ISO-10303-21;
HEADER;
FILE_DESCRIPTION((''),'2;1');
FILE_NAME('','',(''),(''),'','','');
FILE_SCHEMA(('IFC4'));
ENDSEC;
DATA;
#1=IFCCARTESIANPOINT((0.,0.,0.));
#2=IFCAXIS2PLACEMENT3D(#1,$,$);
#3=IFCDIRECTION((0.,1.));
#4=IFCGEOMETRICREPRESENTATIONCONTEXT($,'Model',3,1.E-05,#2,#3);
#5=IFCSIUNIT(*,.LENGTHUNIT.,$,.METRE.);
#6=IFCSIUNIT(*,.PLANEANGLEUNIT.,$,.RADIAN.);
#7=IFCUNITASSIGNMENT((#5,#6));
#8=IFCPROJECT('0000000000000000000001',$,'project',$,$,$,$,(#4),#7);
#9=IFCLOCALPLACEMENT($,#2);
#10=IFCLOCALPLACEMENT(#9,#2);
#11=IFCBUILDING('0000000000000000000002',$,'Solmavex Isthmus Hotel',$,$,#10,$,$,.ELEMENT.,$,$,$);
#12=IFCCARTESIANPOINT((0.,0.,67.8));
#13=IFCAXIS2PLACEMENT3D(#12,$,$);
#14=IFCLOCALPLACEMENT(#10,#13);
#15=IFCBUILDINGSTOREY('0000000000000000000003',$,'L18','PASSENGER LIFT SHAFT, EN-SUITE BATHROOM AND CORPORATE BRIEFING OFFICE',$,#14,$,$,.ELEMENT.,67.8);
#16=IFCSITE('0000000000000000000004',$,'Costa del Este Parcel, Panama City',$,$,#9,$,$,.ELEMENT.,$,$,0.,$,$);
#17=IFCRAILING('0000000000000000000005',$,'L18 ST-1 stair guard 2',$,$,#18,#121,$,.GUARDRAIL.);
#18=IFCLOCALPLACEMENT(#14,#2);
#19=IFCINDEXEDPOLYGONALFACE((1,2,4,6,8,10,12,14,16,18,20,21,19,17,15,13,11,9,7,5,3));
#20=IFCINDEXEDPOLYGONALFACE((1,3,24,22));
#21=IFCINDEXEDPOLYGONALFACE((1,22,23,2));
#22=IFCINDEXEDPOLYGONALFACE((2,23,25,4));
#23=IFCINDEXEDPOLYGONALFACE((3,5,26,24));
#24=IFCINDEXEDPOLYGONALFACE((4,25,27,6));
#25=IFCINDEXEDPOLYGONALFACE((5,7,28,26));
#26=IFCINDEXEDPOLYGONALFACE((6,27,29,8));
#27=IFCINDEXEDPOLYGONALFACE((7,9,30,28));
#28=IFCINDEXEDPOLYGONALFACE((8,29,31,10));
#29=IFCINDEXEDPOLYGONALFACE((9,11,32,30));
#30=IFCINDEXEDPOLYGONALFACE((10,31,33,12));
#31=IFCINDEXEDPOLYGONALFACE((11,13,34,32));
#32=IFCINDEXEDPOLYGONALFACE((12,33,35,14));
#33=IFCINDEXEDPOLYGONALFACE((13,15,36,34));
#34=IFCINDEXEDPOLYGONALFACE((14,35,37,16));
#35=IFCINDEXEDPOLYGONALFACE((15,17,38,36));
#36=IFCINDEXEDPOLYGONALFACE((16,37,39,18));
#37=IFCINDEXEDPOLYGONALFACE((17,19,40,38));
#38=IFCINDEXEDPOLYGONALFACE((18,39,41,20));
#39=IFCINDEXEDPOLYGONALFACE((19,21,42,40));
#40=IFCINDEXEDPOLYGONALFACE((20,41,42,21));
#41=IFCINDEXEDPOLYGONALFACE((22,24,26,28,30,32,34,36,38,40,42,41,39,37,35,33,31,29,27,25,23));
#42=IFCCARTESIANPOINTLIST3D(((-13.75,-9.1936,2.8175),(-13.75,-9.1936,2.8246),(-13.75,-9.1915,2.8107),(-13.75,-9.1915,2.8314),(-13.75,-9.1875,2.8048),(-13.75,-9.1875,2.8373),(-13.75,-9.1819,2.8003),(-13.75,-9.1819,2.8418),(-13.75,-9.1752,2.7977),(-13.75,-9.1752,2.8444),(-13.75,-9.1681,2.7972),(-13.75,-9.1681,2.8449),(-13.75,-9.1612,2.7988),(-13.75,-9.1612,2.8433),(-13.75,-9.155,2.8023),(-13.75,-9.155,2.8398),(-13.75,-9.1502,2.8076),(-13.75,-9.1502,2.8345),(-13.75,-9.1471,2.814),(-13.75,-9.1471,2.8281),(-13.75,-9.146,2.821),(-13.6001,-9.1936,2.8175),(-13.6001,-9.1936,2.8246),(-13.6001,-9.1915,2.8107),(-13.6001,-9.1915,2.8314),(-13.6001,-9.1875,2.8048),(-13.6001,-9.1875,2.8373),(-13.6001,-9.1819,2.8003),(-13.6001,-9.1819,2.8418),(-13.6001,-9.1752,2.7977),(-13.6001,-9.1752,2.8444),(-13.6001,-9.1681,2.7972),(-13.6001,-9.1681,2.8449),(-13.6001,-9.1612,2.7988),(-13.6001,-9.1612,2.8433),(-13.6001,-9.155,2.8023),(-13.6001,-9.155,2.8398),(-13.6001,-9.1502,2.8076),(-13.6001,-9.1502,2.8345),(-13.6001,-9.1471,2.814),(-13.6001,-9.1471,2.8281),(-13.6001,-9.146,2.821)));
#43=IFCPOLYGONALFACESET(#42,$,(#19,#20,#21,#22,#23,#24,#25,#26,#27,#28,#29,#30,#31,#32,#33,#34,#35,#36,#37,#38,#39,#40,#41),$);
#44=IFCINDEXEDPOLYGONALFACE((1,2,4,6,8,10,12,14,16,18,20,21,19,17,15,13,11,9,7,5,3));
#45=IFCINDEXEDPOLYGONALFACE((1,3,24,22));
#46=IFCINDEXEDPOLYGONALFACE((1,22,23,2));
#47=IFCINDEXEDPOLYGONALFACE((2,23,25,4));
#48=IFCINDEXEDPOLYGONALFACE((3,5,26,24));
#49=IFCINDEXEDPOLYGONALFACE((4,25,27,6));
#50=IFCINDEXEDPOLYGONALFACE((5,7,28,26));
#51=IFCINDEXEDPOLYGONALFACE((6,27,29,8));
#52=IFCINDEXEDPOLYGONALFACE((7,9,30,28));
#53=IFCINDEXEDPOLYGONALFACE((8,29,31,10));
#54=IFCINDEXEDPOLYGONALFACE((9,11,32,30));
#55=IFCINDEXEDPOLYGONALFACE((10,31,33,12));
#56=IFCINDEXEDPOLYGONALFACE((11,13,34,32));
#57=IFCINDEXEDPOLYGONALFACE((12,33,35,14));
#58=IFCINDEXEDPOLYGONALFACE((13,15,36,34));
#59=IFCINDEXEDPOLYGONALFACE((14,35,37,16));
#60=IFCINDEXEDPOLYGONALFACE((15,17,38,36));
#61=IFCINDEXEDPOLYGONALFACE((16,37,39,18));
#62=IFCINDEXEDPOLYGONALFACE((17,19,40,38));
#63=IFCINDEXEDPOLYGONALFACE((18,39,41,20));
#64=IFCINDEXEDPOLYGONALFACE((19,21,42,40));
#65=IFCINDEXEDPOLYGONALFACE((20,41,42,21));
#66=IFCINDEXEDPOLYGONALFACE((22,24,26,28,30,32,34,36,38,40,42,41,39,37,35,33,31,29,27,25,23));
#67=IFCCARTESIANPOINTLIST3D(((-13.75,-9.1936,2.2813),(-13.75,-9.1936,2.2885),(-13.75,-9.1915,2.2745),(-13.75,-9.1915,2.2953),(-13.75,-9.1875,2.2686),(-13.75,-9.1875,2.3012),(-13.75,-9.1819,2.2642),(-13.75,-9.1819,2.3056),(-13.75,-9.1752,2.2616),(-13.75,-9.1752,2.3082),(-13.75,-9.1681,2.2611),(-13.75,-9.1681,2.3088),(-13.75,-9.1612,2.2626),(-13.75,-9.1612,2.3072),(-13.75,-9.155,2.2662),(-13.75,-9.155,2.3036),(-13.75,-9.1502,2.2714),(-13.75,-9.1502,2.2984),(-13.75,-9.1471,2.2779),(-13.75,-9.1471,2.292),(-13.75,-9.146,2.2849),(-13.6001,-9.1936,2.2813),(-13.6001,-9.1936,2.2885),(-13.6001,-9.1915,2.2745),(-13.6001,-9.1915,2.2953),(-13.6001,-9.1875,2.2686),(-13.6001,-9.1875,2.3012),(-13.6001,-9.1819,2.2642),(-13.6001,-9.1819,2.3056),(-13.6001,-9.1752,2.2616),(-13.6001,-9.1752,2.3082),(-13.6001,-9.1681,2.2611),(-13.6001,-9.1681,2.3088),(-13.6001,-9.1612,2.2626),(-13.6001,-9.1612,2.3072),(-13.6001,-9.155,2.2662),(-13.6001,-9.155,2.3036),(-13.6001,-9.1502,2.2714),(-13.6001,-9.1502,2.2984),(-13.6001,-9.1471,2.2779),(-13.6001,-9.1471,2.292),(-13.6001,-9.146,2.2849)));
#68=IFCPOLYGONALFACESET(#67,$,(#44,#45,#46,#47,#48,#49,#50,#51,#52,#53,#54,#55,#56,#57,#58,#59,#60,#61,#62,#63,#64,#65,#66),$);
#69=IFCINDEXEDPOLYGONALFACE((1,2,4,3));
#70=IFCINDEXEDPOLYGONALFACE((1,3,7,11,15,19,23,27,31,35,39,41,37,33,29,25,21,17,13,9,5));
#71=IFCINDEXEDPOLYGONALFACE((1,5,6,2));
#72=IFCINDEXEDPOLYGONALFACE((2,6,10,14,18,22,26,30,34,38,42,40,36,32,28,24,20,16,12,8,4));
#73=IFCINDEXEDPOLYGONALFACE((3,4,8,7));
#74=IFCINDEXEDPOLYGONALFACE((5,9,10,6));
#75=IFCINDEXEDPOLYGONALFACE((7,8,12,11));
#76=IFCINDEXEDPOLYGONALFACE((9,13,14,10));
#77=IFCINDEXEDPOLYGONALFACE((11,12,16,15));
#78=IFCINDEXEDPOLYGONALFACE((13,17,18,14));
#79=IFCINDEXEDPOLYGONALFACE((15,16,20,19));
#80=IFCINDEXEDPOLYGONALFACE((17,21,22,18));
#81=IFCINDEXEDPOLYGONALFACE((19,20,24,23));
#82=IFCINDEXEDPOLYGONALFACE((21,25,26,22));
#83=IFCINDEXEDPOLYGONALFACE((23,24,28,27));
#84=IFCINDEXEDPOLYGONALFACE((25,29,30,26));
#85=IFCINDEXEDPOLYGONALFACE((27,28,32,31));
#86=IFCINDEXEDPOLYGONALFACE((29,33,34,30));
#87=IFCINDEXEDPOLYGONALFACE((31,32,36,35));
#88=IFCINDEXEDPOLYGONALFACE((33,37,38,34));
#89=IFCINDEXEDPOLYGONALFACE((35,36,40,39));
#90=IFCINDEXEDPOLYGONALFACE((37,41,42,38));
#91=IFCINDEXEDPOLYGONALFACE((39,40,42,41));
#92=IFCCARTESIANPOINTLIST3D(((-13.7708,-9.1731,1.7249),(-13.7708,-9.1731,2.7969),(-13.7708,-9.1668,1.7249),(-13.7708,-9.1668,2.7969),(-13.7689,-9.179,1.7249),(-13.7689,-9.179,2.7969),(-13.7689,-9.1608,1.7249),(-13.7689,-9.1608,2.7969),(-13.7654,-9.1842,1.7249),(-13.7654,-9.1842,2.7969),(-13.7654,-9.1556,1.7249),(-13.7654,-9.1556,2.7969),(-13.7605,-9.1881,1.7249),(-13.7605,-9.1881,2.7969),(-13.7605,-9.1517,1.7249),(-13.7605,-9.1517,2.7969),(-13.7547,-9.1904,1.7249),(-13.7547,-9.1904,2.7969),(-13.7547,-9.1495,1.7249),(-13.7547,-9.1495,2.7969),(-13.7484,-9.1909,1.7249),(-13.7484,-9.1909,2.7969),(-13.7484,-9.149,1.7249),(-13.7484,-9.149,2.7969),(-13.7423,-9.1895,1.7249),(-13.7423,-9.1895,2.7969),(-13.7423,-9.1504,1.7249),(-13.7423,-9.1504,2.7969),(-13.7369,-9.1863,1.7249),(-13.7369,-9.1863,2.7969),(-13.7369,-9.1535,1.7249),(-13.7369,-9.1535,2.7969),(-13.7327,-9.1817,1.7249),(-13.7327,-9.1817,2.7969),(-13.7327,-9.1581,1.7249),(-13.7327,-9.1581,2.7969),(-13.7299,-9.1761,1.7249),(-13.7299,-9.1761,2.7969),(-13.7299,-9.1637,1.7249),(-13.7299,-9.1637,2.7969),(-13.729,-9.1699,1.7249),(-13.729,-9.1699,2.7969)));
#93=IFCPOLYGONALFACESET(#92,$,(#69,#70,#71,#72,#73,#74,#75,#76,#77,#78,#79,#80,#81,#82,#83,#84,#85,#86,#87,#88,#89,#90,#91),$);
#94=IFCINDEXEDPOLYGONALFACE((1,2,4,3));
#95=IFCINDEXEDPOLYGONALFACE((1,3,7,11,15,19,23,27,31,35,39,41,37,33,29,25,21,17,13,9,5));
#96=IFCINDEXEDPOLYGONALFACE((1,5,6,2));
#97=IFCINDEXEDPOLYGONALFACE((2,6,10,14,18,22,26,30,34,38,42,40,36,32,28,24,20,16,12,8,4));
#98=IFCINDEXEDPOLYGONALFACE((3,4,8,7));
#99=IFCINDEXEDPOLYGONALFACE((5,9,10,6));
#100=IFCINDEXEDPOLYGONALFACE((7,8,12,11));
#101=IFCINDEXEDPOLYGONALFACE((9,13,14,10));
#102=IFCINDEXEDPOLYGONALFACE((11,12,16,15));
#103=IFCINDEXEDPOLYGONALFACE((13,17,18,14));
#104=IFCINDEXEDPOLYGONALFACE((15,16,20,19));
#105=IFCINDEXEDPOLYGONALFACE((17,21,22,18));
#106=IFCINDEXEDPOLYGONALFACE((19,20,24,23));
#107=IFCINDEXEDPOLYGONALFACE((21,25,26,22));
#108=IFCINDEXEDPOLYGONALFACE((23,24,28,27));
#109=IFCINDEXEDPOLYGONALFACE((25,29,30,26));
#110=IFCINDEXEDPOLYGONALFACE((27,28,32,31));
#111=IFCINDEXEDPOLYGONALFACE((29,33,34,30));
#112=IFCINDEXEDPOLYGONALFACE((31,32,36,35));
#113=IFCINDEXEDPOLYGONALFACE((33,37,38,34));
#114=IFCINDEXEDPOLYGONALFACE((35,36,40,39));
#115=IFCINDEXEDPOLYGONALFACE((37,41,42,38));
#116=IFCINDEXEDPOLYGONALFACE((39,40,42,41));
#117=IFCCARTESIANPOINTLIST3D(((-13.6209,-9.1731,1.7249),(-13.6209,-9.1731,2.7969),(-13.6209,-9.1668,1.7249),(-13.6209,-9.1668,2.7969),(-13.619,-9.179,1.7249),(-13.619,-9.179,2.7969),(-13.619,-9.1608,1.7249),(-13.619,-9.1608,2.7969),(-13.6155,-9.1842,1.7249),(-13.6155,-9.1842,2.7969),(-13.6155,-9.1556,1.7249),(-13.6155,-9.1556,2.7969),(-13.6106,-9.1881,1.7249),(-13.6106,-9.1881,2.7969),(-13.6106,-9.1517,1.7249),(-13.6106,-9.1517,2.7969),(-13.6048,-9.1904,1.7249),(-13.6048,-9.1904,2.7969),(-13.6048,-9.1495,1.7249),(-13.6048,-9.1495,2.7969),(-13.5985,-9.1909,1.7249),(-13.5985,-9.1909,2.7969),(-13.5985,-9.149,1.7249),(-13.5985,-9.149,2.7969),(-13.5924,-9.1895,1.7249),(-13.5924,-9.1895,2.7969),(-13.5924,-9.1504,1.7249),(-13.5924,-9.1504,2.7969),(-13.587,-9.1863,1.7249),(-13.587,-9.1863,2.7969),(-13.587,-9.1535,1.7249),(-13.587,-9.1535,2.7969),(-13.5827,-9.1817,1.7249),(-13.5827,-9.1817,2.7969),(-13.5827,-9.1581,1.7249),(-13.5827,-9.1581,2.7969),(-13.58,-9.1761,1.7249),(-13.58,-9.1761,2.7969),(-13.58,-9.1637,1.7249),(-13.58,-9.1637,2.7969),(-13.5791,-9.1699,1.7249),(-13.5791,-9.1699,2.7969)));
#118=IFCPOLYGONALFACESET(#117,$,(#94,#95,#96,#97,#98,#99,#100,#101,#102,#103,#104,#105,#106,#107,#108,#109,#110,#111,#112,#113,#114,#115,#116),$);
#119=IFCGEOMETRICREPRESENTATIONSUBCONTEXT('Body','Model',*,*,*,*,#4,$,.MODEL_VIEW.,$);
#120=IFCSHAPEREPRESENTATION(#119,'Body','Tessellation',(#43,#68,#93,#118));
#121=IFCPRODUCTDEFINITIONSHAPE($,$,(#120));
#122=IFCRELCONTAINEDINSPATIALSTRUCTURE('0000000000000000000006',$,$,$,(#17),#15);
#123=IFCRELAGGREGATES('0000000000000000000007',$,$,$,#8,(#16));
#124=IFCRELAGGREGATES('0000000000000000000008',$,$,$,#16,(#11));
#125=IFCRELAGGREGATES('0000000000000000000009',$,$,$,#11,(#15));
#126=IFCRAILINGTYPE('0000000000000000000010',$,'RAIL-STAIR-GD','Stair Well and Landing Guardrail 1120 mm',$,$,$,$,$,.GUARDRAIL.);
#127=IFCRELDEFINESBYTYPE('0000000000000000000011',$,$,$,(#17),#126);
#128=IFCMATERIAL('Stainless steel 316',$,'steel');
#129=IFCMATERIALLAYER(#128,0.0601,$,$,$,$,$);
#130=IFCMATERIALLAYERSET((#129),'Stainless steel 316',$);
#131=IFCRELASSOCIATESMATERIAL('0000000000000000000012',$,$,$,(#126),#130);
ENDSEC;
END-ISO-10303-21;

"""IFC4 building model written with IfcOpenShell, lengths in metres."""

from ifc_helpers import new_model, si_unit, direction, frame, origin, origin_2d, place, context, subcontext, project, spatial, circle, extrude, material, layer, layer_set, type_object, element, save


model = new_model("IFC4")

# Units and contexts
model_context = context("Model", 3, precision=1e-05, world=origin(), true_north=direction((0.0, 1.0)))
body_context = subcontext(model_context, "Body", "Model", "MODEL_VIEW")
ifc_project = project(units=[si_unit("LENGTHUNIT", "METRE"), si_unit("PLANEANGLEUNIT", "RADIAN")], contexts=[model_context])

# Site, building, storey
site_placement = place(None, origin())
site = spatial("IfcSite", under=ifc_project, at=site_placement, Name="Costa del Este Parcel, Panama City", CompositionType="ELEMENT", RefElevation=0.0)
building_placement = place(site_placement, origin())
building = spatial("IfcBuilding", under=site, at=building_placement, Name="Solmavex Isthmus Hotel", CompositionType="ELEMENT")
storey_placement = place(building_placement, frame((0.0, 0.0, 67.8)))
storey = spatial("IfcBuildingStorey", under=building, at=storey_placement, Name="L18", Description="PASSENGER LIFT SHAFT, EN-SUITE BATHROOM AND CORPORATE BRIEFING OFFICE", CompositionType="ELEMENT", Elevation=67.8)

# Shared definitions
ifc_material_1 = material(Name="Stainless steel 316", Category="steel")

# Railing
ifc_layer_1 = layer(ifc_material_1, 0.0601)
ifc_layer_set_1 = layer_set([ifc_layer_1], Name="Stainless steel 316")
railing_type_1 = type_object("IfcRailingType", Name="RAIL-STAIR-GD", Description="Stair Well and Landing Guardrail 1120 mm", PredefinedType="GUARDRAIL", material=ifc_layer_set_1)
railing_1_placement = place(storey_placement, frame((-13.75, -9.1699, 1.7249)))
element("IfcRailing", 1, at=railing_1_placement, inside=storey, type_object=railing_type_1, Name="L18 ST-1 stair guard 2", PredefinedType="GUARDRAIL", context=body_context, shape_type="SweptSolid", body=[
    extrude(circle(Radius=0.0239, at=origin_2d()), frame((0.0, 0.0, 1.0962), z_axis=(1.0, 0.0, 0.0), x_axis=(0.0, 1.0, 0.0)), (0.0, 0.0, 1.0), 0.1499),
    extrude(circle(Radius=0.0239, at=origin_2d()), frame((0.0, 0.0, 0.5601), z_axis=(1.0, 0.0, 0.0), x_axis=(0.0, 1.0, 0.0)), (0.0, 0.0, 1.0), 0.1499),
    extrude(circle(Radius=0.021, at=origin_2d()), origin(), (0.0, 0.0, 1.0), 1.072),
    extrude(circle(Radius=0.021, at=origin_2d()), frame((0.1499, 0.0, 0.0)), (0.0, 0.0, 1.0), 1.072),
])

save(model, "model.ifc")
